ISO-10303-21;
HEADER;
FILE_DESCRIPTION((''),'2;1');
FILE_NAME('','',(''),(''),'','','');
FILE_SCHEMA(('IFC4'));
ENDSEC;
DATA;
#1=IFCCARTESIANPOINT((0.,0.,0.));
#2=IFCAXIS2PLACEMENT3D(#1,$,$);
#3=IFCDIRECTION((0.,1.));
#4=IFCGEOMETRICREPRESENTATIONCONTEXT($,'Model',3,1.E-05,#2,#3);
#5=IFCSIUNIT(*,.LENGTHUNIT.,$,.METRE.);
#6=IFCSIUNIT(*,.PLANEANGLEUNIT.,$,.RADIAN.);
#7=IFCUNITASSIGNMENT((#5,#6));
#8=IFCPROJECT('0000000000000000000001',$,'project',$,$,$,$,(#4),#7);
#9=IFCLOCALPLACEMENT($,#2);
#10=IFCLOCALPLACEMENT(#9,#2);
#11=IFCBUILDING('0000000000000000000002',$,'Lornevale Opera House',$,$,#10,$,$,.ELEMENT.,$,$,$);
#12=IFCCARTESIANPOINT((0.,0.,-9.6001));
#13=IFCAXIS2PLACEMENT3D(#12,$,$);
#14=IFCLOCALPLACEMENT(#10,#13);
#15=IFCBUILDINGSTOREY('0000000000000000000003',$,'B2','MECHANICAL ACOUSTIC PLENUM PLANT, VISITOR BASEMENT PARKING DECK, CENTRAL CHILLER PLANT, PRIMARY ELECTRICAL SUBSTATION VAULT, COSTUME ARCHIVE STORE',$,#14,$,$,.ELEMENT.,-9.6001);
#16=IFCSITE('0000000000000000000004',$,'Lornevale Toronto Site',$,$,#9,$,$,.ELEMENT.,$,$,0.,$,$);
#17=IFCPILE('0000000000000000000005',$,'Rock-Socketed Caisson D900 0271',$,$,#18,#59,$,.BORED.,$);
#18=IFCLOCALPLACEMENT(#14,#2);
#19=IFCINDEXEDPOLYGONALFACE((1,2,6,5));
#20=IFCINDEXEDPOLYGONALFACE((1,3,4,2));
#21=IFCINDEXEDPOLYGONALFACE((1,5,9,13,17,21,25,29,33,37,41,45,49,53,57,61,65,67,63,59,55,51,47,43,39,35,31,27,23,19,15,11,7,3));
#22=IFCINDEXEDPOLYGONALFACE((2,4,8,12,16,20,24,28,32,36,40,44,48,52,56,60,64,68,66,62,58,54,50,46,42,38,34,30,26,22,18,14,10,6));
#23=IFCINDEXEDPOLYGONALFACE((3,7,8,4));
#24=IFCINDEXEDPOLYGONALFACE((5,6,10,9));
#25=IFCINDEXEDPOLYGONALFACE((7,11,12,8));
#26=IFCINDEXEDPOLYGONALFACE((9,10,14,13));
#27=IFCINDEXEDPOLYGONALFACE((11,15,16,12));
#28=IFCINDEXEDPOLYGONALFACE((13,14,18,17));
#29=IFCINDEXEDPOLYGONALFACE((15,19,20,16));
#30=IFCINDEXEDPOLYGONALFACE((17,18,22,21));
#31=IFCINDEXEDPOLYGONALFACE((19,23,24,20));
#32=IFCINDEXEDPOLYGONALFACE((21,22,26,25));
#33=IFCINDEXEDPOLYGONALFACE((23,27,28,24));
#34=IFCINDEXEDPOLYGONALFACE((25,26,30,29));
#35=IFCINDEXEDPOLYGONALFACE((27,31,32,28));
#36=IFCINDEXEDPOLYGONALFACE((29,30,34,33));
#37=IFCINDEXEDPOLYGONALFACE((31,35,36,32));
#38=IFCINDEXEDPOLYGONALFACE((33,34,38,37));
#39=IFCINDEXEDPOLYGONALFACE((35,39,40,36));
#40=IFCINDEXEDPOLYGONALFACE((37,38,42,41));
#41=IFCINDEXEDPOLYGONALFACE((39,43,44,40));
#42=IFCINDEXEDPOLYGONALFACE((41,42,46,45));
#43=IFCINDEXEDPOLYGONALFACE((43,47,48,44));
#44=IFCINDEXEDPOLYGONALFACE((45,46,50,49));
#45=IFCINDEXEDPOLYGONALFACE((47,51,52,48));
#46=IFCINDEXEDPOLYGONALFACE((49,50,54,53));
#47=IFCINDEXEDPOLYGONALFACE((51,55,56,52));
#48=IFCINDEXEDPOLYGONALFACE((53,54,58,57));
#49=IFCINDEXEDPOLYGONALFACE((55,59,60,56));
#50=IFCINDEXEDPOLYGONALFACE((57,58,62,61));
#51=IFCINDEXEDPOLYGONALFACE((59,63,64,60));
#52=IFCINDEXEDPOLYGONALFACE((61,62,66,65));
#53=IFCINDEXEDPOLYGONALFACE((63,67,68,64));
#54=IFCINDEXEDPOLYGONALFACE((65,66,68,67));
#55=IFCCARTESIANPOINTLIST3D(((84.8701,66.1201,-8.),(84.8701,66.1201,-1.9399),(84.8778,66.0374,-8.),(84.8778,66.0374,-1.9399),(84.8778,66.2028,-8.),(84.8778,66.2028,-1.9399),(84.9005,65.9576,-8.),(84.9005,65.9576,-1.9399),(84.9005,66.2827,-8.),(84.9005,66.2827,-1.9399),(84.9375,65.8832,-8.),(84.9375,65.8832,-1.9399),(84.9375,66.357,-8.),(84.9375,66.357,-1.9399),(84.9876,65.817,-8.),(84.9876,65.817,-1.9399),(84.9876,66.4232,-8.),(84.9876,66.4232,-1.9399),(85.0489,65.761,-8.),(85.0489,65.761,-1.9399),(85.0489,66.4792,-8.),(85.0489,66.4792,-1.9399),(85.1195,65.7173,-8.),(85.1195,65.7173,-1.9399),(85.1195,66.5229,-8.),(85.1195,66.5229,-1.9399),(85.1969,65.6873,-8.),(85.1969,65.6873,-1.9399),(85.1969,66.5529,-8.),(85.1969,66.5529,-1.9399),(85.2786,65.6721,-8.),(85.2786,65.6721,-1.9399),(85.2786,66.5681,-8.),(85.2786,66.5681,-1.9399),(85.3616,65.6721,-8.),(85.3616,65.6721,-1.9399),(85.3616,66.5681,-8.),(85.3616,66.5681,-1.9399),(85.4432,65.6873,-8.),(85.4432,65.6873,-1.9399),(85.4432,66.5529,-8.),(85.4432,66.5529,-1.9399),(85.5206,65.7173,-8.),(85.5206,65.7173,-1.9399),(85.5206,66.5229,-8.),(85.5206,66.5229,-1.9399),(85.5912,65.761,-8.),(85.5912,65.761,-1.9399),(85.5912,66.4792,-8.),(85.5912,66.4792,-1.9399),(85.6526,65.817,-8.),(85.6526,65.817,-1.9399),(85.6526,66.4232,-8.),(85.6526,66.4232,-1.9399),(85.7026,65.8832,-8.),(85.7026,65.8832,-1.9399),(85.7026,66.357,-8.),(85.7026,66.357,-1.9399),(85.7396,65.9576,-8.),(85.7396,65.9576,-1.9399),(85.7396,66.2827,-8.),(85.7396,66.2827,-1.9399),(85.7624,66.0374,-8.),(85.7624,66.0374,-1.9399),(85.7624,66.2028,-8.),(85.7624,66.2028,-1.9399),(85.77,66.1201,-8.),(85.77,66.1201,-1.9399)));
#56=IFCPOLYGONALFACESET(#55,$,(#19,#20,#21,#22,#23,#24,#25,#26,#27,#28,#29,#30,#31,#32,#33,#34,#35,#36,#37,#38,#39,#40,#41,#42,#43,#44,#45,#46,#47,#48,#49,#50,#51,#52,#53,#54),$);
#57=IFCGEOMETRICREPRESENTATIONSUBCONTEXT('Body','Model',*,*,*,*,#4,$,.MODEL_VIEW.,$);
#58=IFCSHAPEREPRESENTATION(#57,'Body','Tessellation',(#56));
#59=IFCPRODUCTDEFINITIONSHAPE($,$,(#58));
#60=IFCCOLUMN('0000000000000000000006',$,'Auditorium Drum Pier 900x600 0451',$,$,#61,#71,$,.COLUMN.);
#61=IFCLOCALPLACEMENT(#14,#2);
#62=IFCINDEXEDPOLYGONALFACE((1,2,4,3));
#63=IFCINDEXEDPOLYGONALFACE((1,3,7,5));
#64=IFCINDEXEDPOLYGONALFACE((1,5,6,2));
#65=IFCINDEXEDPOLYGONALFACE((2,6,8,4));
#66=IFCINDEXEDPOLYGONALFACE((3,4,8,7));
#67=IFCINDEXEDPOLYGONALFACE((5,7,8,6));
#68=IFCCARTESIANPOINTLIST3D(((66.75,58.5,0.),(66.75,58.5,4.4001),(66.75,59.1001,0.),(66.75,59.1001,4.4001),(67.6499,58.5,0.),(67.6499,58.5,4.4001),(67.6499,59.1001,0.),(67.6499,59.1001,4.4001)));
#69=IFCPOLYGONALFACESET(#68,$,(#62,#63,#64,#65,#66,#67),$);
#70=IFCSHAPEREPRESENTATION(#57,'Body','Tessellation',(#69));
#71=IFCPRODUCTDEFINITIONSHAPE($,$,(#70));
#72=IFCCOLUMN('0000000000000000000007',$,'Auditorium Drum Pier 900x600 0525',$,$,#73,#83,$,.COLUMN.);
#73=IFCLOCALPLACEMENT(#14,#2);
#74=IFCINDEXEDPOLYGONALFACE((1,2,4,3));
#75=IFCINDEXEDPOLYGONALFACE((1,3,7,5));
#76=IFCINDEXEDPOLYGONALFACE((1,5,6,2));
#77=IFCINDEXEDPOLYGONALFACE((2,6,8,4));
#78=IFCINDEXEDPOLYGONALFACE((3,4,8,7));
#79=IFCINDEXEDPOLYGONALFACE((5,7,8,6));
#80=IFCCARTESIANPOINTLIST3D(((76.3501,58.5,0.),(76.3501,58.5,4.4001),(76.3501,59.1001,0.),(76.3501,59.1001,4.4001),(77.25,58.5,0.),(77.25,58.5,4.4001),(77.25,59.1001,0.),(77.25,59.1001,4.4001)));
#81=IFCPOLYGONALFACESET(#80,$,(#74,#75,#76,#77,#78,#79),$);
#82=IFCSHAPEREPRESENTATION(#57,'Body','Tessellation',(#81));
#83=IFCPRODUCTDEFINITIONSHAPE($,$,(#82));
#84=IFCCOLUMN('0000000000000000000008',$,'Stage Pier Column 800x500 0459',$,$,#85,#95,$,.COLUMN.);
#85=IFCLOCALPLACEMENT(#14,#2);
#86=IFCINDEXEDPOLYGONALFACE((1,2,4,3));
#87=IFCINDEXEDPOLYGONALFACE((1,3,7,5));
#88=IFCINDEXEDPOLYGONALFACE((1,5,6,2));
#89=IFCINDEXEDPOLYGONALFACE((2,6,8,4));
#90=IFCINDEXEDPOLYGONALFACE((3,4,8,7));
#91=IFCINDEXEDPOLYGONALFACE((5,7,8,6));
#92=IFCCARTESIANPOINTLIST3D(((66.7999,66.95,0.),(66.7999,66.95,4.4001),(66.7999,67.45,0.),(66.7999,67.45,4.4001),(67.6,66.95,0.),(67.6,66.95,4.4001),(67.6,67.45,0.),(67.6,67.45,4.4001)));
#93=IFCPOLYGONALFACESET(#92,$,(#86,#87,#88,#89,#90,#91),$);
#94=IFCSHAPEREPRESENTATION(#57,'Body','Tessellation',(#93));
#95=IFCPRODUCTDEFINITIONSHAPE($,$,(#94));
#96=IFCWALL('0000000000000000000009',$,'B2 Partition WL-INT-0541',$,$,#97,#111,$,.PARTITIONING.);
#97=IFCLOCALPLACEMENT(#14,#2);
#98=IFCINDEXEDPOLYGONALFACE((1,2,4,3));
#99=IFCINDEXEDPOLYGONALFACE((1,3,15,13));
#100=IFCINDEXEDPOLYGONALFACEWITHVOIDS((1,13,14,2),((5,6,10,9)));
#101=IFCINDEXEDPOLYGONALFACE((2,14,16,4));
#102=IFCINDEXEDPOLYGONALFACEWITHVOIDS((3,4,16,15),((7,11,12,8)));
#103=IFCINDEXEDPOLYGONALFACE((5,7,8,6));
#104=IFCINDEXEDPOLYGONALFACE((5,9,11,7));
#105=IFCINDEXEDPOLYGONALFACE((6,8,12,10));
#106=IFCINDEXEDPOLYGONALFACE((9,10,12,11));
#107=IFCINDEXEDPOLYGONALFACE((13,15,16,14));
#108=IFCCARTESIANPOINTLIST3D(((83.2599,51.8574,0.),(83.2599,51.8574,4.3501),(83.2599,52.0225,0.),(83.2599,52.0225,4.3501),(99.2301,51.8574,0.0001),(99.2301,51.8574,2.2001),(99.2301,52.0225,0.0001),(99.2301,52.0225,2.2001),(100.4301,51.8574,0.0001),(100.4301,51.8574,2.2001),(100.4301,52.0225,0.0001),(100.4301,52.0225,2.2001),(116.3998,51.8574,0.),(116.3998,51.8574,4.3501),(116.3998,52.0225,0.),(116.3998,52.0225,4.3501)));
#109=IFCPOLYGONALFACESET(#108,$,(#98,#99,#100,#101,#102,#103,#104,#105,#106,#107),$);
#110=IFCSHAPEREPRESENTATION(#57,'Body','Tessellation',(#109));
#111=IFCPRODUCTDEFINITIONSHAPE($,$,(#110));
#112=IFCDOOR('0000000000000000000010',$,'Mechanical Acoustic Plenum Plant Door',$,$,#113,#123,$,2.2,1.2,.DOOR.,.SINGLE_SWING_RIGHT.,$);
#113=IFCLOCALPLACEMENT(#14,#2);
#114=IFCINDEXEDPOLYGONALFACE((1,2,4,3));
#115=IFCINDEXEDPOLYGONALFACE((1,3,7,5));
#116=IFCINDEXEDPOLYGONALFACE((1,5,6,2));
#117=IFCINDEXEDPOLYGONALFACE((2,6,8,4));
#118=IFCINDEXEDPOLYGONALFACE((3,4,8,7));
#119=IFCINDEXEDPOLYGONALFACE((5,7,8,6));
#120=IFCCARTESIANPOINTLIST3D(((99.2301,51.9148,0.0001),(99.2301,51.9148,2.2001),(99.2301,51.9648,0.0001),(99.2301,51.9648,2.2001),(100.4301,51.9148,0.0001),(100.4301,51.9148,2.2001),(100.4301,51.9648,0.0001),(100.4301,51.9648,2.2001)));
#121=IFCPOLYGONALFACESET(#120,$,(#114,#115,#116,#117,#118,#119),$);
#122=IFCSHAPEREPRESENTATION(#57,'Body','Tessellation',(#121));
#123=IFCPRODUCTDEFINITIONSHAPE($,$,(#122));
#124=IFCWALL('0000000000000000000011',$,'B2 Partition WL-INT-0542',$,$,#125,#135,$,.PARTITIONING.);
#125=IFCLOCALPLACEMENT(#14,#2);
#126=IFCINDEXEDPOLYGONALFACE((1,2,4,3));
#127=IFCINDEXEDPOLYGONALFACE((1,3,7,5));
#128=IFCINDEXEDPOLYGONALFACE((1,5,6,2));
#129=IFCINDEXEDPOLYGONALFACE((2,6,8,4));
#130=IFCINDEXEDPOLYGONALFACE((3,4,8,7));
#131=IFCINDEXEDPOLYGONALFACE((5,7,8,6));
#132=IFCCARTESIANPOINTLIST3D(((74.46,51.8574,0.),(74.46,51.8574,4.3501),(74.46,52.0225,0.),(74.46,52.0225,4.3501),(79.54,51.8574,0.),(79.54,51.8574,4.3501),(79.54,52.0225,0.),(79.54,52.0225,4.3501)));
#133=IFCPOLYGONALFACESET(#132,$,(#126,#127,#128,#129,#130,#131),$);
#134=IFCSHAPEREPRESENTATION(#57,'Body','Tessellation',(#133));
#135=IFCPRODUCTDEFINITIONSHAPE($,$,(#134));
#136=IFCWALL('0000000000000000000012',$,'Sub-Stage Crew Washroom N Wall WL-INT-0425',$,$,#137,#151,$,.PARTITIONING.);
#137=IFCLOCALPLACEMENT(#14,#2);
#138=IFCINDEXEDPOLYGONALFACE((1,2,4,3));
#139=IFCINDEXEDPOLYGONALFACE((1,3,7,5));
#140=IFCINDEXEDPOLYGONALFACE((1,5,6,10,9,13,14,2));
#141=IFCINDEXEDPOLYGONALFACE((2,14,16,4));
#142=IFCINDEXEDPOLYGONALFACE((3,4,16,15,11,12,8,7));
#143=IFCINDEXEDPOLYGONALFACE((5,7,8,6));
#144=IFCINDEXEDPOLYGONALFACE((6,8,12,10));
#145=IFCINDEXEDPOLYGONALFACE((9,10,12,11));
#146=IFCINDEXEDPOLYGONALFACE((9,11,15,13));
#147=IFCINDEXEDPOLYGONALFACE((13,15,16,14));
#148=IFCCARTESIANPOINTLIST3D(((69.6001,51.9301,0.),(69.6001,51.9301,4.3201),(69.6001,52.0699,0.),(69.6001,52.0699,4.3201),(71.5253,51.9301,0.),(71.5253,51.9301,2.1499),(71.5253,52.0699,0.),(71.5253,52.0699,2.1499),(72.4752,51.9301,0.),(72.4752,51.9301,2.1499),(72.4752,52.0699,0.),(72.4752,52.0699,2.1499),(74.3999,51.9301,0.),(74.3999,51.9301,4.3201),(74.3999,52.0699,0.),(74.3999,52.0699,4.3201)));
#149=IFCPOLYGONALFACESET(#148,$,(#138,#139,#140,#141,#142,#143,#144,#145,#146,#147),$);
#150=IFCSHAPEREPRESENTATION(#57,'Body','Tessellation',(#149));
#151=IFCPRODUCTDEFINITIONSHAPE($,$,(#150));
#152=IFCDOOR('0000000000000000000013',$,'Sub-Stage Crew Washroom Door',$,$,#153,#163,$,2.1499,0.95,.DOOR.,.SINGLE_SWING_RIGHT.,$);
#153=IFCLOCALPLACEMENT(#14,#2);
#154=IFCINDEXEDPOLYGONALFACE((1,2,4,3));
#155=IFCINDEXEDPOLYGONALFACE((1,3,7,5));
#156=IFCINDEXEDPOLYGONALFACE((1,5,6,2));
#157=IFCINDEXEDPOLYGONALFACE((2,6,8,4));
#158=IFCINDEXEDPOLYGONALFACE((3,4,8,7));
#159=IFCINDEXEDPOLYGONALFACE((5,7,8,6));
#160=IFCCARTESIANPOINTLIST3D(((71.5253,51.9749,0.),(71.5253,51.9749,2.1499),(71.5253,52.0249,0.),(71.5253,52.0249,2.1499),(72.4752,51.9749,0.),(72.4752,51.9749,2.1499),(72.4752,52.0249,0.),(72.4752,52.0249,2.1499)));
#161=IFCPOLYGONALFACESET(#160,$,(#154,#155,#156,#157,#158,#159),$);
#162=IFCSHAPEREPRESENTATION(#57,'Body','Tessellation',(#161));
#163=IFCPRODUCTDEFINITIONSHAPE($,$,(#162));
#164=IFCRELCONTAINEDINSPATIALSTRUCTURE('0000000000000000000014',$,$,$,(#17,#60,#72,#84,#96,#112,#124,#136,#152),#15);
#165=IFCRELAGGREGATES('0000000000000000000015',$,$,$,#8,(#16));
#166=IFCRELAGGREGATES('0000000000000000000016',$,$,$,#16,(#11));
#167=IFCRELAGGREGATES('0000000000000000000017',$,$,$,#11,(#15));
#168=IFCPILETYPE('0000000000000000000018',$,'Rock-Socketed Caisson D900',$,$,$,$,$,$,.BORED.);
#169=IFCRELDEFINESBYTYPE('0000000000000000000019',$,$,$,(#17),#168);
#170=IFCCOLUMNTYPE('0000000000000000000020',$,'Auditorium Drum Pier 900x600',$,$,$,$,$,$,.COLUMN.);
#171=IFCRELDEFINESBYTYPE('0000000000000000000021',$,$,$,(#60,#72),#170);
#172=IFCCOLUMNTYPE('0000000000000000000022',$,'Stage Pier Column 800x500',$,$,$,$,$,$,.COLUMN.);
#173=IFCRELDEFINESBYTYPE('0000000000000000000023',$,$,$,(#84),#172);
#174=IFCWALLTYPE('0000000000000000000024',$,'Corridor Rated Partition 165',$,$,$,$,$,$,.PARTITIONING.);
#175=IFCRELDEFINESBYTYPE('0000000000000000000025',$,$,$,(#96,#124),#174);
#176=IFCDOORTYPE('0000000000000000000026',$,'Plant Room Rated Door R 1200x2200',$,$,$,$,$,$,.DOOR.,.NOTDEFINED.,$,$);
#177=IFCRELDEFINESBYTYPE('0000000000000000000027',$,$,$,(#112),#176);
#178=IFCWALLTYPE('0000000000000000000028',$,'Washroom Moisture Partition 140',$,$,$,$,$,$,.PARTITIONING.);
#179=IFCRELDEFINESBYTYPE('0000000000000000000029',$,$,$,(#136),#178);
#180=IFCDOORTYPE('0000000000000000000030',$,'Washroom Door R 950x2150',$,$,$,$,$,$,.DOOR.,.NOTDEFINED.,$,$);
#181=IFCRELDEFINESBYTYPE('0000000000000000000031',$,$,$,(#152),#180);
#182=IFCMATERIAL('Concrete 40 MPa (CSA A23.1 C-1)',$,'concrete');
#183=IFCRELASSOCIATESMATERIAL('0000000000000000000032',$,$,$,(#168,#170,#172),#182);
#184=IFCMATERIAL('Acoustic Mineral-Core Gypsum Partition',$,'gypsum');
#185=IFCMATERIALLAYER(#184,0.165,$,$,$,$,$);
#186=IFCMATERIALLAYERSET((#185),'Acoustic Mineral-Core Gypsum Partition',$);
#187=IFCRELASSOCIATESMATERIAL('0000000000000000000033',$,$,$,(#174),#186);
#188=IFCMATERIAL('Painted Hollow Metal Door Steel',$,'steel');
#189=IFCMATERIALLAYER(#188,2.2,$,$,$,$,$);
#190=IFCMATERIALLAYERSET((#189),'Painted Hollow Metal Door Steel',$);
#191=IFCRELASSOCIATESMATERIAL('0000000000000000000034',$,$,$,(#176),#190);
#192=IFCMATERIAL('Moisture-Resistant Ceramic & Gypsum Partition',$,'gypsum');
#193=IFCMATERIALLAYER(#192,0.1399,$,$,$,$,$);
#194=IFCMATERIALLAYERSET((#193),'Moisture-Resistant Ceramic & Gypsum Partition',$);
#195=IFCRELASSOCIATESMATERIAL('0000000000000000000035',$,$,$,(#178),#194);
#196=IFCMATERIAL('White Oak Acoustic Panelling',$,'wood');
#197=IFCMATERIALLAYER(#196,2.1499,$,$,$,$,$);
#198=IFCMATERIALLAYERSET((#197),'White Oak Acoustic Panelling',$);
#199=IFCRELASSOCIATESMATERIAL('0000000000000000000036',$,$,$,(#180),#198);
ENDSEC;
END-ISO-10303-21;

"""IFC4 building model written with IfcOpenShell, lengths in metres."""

from ifc_helpers import new_model, si_unit, direction, frame, frame_2d, origin, origin_2d, place, context, subcontext, project, spatial, rectangle, circle, extrude, material, layer, layer_set, material_profile, profile_set, type_object, element, fill, save


model = new_model("IFC4")

# Units and contexts
model_context = context("Model", 3, precision=1e-05, world=origin(), true_north=direction((0.0, 1.0)))
body_context = subcontext(model_context, "Body", "Model", "MODEL_VIEW")
ifc_project = project(units=[si_unit("LENGTHUNIT", "METRE"), si_unit("PLANEANGLEUNIT", "RADIAN")], contexts=[model_context])

# Site, building, storey
site_placement = place(None, origin())
site = spatial("IfcSite", under=ifc_project, at=site_placement, Name="Lornevale Toronto Site", CompositionType="ELEMENT", RefElevation=0.0)
building_placement = place(site_placement, origin())
building = spatial("IfcBuilding", under=site, at=building_placement, Name="Lornevale Opera House", CompositionType="ELEMENT")
storey_placement = place(building_placement, frame((0.0, 0.0, -9.6001)))
storey = spatial("IfcBuildingStorey", under=building, at=storey_placement, Name="B2", Description="MECHANICAL ACOUSTIC PLENUM PLANT, VISITOR BASEMENT PARKING DECK, CENTRAL CHILLER PLANT, PRIMARY ELECTRICAL SUBSTATION VAULT, COSTUME ARCHIVE STORE", CompositionType="ELEMENT", Elevation=-9.6001)

# Pile
ifc_material_1 = material(Name="Concrete 40 MPa (CSA A23.1 C-1)", Category="concrete")
ifc_material_profile_1 = material_profile(ifc_material_1, circle(Radius=0.45, at=origin_2d()), Name="CAIS900")
ifc_profile_set_1 = profile_set([ifc_material_profile_1], Name="Concrete 40 MPa (CSA A23.1 C-1)")
pile_type_1 = type_object("IfcPileType", Name="Rock-Socketed Caisson D900", PredefinedType="BORED", material=ifc_profile_set_1)
pile_placement = place(storey_placement, frame((85.3201, 66.1201, -1.9399), z_axis=(0.0, 0.0, -1.0), x_axis=(1.0, 0.0, 0.0)))
element("IfcPile", 1, at=pile_placement, inside=storey, type_object=pile_type_1, Name="Rock-Socketed Caisson D900 0271", PredefinedType="BORED", context=body_context, shape_type="SweptSolid", body=[
    extrude(circle(Radius=0.45, at=origin_2d()), origin(), (0.0, 0.0, 1.0), 6.0601),
])

# Columns
ifc_material_profile_2 = material_profile(ifc_material_1, rectangle(XDim=0.8999, YDim=0.6001, at=origin_2d()), Name="RC900x600")
ifc_profile_set_2 = profile_set([ifc_material_profile_2], Name="Concrete 40 MPa (CSA A23.1 C-1)")
column_type_1 = type_object("IfcColumnType", Name="Auditorium Drum Pier 900x600", PredefinedType="COLUMN", material=ifc_profile_set_2)
for number, where, z_axis, x_axis, name in (
    (2, (67.2, 58.8, 0.0), (0.0, 0.0, 1.0), (1.0, 0.0, 0.0), "Auditorium Drum Pier 900x600 0451"),
    (3, (76.8, 58.8, 0.0), (0.0, 0.0, 1.0), (1.0, 0.0, 0.0), "Auditorium Drum Pier 900x600 0525"),
):
    element("IfcColumn", number, at=place(storey_placement, frame(where, z_axis=z_axis, x_axis=x_axis)), inside=storey, type_object=column_type_1, Name=name, PredefinedType="COLUMN", context=body_context, shape_type="SweptSolid", body=[
        extrude(rectangle(XDim=0.8999, YDim=0.6001, at=origin_2d()), origin(), (0.0, 0.0, 1.0), 4.4001),
    ])
ifc_material_profile_3 = material_profile(ifc_material_1, rectangle(XDim=0.8, YDim=0.5, at=origin_2d()), Name="RC800x500")
ifc_profile_set_3 = profile_set([ifc_material_profile_3], Name="Concrete 40 MPa (CSA A23.1 C-1)")
column_type_2 = type_object("IfcColumnType", Name="Stage Pier Column 800x500", PredefinedType="COLUMN", material=ifc_profile_set_3)
column_placement = place(storey_placement, frame((67.2, 67.2, 0.0), z_axis=(0.0, 0.0, 1.0), x_axis=(1.0, 0.0, 0.0)))
element("IfcColumn", 4, at=column_placement, inside=storey, type_object=column_type_2, Name="Stage Pier Column 800x500 0459", PredefinedType="COLUMN", context=body_context, shape_type="SweptSolid", body=[
    extrude(rectangle(XDim=0.8, YDim=0.5, at=origin_2d()), origin(), (0.0, 0.0, 1.0), 4.4001),
])

# Wall, opening, door
ifc_material_2 = material(Name="Acoustic Mineral-Core Gypsum Partition", Category="gypsum")
ifc_layer_1 = layer(ifc_material_2, 0.165)
ifc_layer_set_1 = layer_set([ifc_layer_1], Name="Acoustic Mineral-Core Gypsum Partition")
wall_type_1 = type_object("IfcWallType", Name="Corridor Rated Partition 165", PredefinedType="PARTITIONING", material=ifc_layer_set_1)
wall_1_placement = place(storey_placement, frame((83.26, 51.9399, 0.0), z_axis=(0.0, 0.0, 1.0), x_axis=(1.0, 0.0, 0.0)))
wall_1 = element("IfcWall", 5, at=wall_1_placement, inside=storey, type_object=wall_type_1, Name="B2 Partition WL-INT-0541", PredefinedType="PARTITIONING", context=body_context, shape_type="SweptSolid", body=[
    extrude(rectangle(XDim=33.1399, YDim=0.165, at=frame_2d((16.5698, 0.0))), origin(), (0.0, 0.0, 1.0), 4.3501),
])
opening_1_placement = place(wall_1_placement, frame((15.97, 0.0, 0.0)))
opening_1 = element("IfcOpeningElement", 6, at=opening_1_placement, cuts=wall_1, PredefinedType="OPENING", context=body_context, shape_type="SweptSolid", body=[
    extrude(rectangle(XDim=1.2, YDim=2.2, at=frame_2d((0.6001, 1.1001))), frame((0.0, 0.0925, 0.0), z_axis=(0.0, -1.0, 0.0), x_axis=(1.0, 0.0, 0.0)), (0.0, 0.0, 1.0), 0.1851),
])
ifc_material_3 = material(Name="Painted Hollow Metal Door Steel", Category="steel")
ifc_layer_2 = layer(ifc_material_3, 2.2)
ifc_layer_set_2 = layer_set([ifc_layer_2], Name="Painted Hollow Metal Door Steel")
door_type_1 = type_object("IfcDoorType", Name="Plant Room Rated Door R 1200x2200", OperationType="NOTDEFINED", PredefinedType="DOOR", material=ifc_layer_set_2)
door_1_placement = place(opening_1_placement, origin())
door_1 = element("IfcDoor", 7, at=door_1_placement, inside=storey, type_object=door_type_1, Name="Mechanical Acoustic Plenum Plant Door", OperationType="SINGLE_SWING_RIGHT", OverallHeight=2.2, OverallWidth=1.2, PredefinedType="DOOR", context=body_context, shape_type="SweptSolid", body=[
    extrude(rectangle(XDim=1.2, YDim=2.2, at=frame_2d((0.6001, 1.1001))), frame((0.0, 0.0249, 0.0), z_axis=(0.0, -1.0, 0.0), x_axis=(1.0, 0.0, 0.0)), (0.0, 0.0, 1.0), 0.05),
])
fill(opening_1, door_1)

# Wall
wall_2_placement = place(storey_placement, frame((74.46, 51.9399, 0.0), z_axis=(0.0, 0.0, 1.0), x_axis=(1.0, 0.0, 0.0)))
element("IfcWall", 8, at=wall_2_placement, inside=storey, type_object=wall_type_1, Name="B2 Partition WL-INT-0542", PredefinedType="PARTITIONING", context=body_context, shape_type="SweptSolid", body=[
    extrude(rectangle(XDim=5.0801, YDim=0.165, at=frame_2d((2.54, 0.0))), origin(), (0.0, 0.0, 1.0), 4.3501),
])

# Wall, opening, door
ifc_material_4 = material(Name="Moisture-Resistant Ceramic & Gypsum Partition", Category="gypsum")
ifc_layer_3 = layer(ifc_material_4, 0.1399)
ifc_layer_set_3 = layer_set([ifc_layer_3], Name="Moisture-Resistant Ceramic & Gypsum Partition")
wall_type_2 = type_object("IfcWallType", Name="Washroom Moisture Partition 140", PredefinedType="PARTITIONING", material=ifc_layer_set_3)
wall_3_placement = place(storey_placement, frame((69.6001, 52.0, 0.0), z_axis=(0.0, 0.0, 1.0), x_axis=(1.0, 0.0, 0.0)))
wall_3 = element("IfcWall", 9, at=wall_3_placement, inside=storey, type_object=wall_type_2, Name="Sub-Stage Crew Washroom N Wall WL-INT-0425", PredefinedType="PARTITIONING", context=body_context, shape_type="SweptSolid", body=[
    extrude(rectangle(XDim=4.7998, YDim=0.1399, at=frame_2d((2.3999, 0.0))), origin(), (0.0, 0.0, 1.0), 4.3201),
])
opening_2_placement = place(wall_3_placement, frame((1.925, 0.0, 0.0)))
opening_2 = element("IfcOpeningElement", 10, at=opening_2_placement, cuts=wall_3, PredefinedType="OPENING", context=body_context, shape_type="SweptSolid", body=[
    extrude(rectangle(XDim=0.95, YDim=2.1499, at=frame_2d((0.4751, 1.075))), frame((0.0, 0.0798, 0.0), z_axis=(0.0, -1.0, 0.0), x_axis=(1.0, 0.0, 0.0)), (0.0, 0.0, 1.0), 0.1599),
])
ifc_material_5 = material(Name="White Oak Acoustic Panelling", Category="wood")
ifc_layer_4 = layer(ifc_material_5, 2.1499)
ifc_layer_set_4 = layer_set([ifc_layer_4], Name="White Oak Acoustic Panelling")
door_type_2 = type_object("IfcDoorType", Name="Washroom Door R 950x2150", OperationType="NOTDEFINED", PredefinedType="DOOR", material=ifc_layer_set_4)
door_2_placement = place(opening_2_placement, origin())
door_2 = element("IfcDoor", 11, at=door_2_placement, inside=storey, type_object=door_type_2, Name="Sub-Stage Crew Washroom Door", OperationType="SINGLE_SWING_RIGHT", OverallHeight=2.1499, OverallWidth=0.95, PredefinedType="DOOR", context=body_context, shape_type="SweptSolid", body=[
    extrude(rectangle(XDim=0.95, YDim=2.1499, at=frame_2d((0.4751, 1.075))), frame((0.0, 0.0249, 0.0), z_axis=(0.0, -1.0, 0.0), x_axis=(1.0, 0.0, 0.0)), (0.0, 0.0, 1.0), 0.05),
])
fill(opening_2, door_2)

save(model, "model.ifc")
